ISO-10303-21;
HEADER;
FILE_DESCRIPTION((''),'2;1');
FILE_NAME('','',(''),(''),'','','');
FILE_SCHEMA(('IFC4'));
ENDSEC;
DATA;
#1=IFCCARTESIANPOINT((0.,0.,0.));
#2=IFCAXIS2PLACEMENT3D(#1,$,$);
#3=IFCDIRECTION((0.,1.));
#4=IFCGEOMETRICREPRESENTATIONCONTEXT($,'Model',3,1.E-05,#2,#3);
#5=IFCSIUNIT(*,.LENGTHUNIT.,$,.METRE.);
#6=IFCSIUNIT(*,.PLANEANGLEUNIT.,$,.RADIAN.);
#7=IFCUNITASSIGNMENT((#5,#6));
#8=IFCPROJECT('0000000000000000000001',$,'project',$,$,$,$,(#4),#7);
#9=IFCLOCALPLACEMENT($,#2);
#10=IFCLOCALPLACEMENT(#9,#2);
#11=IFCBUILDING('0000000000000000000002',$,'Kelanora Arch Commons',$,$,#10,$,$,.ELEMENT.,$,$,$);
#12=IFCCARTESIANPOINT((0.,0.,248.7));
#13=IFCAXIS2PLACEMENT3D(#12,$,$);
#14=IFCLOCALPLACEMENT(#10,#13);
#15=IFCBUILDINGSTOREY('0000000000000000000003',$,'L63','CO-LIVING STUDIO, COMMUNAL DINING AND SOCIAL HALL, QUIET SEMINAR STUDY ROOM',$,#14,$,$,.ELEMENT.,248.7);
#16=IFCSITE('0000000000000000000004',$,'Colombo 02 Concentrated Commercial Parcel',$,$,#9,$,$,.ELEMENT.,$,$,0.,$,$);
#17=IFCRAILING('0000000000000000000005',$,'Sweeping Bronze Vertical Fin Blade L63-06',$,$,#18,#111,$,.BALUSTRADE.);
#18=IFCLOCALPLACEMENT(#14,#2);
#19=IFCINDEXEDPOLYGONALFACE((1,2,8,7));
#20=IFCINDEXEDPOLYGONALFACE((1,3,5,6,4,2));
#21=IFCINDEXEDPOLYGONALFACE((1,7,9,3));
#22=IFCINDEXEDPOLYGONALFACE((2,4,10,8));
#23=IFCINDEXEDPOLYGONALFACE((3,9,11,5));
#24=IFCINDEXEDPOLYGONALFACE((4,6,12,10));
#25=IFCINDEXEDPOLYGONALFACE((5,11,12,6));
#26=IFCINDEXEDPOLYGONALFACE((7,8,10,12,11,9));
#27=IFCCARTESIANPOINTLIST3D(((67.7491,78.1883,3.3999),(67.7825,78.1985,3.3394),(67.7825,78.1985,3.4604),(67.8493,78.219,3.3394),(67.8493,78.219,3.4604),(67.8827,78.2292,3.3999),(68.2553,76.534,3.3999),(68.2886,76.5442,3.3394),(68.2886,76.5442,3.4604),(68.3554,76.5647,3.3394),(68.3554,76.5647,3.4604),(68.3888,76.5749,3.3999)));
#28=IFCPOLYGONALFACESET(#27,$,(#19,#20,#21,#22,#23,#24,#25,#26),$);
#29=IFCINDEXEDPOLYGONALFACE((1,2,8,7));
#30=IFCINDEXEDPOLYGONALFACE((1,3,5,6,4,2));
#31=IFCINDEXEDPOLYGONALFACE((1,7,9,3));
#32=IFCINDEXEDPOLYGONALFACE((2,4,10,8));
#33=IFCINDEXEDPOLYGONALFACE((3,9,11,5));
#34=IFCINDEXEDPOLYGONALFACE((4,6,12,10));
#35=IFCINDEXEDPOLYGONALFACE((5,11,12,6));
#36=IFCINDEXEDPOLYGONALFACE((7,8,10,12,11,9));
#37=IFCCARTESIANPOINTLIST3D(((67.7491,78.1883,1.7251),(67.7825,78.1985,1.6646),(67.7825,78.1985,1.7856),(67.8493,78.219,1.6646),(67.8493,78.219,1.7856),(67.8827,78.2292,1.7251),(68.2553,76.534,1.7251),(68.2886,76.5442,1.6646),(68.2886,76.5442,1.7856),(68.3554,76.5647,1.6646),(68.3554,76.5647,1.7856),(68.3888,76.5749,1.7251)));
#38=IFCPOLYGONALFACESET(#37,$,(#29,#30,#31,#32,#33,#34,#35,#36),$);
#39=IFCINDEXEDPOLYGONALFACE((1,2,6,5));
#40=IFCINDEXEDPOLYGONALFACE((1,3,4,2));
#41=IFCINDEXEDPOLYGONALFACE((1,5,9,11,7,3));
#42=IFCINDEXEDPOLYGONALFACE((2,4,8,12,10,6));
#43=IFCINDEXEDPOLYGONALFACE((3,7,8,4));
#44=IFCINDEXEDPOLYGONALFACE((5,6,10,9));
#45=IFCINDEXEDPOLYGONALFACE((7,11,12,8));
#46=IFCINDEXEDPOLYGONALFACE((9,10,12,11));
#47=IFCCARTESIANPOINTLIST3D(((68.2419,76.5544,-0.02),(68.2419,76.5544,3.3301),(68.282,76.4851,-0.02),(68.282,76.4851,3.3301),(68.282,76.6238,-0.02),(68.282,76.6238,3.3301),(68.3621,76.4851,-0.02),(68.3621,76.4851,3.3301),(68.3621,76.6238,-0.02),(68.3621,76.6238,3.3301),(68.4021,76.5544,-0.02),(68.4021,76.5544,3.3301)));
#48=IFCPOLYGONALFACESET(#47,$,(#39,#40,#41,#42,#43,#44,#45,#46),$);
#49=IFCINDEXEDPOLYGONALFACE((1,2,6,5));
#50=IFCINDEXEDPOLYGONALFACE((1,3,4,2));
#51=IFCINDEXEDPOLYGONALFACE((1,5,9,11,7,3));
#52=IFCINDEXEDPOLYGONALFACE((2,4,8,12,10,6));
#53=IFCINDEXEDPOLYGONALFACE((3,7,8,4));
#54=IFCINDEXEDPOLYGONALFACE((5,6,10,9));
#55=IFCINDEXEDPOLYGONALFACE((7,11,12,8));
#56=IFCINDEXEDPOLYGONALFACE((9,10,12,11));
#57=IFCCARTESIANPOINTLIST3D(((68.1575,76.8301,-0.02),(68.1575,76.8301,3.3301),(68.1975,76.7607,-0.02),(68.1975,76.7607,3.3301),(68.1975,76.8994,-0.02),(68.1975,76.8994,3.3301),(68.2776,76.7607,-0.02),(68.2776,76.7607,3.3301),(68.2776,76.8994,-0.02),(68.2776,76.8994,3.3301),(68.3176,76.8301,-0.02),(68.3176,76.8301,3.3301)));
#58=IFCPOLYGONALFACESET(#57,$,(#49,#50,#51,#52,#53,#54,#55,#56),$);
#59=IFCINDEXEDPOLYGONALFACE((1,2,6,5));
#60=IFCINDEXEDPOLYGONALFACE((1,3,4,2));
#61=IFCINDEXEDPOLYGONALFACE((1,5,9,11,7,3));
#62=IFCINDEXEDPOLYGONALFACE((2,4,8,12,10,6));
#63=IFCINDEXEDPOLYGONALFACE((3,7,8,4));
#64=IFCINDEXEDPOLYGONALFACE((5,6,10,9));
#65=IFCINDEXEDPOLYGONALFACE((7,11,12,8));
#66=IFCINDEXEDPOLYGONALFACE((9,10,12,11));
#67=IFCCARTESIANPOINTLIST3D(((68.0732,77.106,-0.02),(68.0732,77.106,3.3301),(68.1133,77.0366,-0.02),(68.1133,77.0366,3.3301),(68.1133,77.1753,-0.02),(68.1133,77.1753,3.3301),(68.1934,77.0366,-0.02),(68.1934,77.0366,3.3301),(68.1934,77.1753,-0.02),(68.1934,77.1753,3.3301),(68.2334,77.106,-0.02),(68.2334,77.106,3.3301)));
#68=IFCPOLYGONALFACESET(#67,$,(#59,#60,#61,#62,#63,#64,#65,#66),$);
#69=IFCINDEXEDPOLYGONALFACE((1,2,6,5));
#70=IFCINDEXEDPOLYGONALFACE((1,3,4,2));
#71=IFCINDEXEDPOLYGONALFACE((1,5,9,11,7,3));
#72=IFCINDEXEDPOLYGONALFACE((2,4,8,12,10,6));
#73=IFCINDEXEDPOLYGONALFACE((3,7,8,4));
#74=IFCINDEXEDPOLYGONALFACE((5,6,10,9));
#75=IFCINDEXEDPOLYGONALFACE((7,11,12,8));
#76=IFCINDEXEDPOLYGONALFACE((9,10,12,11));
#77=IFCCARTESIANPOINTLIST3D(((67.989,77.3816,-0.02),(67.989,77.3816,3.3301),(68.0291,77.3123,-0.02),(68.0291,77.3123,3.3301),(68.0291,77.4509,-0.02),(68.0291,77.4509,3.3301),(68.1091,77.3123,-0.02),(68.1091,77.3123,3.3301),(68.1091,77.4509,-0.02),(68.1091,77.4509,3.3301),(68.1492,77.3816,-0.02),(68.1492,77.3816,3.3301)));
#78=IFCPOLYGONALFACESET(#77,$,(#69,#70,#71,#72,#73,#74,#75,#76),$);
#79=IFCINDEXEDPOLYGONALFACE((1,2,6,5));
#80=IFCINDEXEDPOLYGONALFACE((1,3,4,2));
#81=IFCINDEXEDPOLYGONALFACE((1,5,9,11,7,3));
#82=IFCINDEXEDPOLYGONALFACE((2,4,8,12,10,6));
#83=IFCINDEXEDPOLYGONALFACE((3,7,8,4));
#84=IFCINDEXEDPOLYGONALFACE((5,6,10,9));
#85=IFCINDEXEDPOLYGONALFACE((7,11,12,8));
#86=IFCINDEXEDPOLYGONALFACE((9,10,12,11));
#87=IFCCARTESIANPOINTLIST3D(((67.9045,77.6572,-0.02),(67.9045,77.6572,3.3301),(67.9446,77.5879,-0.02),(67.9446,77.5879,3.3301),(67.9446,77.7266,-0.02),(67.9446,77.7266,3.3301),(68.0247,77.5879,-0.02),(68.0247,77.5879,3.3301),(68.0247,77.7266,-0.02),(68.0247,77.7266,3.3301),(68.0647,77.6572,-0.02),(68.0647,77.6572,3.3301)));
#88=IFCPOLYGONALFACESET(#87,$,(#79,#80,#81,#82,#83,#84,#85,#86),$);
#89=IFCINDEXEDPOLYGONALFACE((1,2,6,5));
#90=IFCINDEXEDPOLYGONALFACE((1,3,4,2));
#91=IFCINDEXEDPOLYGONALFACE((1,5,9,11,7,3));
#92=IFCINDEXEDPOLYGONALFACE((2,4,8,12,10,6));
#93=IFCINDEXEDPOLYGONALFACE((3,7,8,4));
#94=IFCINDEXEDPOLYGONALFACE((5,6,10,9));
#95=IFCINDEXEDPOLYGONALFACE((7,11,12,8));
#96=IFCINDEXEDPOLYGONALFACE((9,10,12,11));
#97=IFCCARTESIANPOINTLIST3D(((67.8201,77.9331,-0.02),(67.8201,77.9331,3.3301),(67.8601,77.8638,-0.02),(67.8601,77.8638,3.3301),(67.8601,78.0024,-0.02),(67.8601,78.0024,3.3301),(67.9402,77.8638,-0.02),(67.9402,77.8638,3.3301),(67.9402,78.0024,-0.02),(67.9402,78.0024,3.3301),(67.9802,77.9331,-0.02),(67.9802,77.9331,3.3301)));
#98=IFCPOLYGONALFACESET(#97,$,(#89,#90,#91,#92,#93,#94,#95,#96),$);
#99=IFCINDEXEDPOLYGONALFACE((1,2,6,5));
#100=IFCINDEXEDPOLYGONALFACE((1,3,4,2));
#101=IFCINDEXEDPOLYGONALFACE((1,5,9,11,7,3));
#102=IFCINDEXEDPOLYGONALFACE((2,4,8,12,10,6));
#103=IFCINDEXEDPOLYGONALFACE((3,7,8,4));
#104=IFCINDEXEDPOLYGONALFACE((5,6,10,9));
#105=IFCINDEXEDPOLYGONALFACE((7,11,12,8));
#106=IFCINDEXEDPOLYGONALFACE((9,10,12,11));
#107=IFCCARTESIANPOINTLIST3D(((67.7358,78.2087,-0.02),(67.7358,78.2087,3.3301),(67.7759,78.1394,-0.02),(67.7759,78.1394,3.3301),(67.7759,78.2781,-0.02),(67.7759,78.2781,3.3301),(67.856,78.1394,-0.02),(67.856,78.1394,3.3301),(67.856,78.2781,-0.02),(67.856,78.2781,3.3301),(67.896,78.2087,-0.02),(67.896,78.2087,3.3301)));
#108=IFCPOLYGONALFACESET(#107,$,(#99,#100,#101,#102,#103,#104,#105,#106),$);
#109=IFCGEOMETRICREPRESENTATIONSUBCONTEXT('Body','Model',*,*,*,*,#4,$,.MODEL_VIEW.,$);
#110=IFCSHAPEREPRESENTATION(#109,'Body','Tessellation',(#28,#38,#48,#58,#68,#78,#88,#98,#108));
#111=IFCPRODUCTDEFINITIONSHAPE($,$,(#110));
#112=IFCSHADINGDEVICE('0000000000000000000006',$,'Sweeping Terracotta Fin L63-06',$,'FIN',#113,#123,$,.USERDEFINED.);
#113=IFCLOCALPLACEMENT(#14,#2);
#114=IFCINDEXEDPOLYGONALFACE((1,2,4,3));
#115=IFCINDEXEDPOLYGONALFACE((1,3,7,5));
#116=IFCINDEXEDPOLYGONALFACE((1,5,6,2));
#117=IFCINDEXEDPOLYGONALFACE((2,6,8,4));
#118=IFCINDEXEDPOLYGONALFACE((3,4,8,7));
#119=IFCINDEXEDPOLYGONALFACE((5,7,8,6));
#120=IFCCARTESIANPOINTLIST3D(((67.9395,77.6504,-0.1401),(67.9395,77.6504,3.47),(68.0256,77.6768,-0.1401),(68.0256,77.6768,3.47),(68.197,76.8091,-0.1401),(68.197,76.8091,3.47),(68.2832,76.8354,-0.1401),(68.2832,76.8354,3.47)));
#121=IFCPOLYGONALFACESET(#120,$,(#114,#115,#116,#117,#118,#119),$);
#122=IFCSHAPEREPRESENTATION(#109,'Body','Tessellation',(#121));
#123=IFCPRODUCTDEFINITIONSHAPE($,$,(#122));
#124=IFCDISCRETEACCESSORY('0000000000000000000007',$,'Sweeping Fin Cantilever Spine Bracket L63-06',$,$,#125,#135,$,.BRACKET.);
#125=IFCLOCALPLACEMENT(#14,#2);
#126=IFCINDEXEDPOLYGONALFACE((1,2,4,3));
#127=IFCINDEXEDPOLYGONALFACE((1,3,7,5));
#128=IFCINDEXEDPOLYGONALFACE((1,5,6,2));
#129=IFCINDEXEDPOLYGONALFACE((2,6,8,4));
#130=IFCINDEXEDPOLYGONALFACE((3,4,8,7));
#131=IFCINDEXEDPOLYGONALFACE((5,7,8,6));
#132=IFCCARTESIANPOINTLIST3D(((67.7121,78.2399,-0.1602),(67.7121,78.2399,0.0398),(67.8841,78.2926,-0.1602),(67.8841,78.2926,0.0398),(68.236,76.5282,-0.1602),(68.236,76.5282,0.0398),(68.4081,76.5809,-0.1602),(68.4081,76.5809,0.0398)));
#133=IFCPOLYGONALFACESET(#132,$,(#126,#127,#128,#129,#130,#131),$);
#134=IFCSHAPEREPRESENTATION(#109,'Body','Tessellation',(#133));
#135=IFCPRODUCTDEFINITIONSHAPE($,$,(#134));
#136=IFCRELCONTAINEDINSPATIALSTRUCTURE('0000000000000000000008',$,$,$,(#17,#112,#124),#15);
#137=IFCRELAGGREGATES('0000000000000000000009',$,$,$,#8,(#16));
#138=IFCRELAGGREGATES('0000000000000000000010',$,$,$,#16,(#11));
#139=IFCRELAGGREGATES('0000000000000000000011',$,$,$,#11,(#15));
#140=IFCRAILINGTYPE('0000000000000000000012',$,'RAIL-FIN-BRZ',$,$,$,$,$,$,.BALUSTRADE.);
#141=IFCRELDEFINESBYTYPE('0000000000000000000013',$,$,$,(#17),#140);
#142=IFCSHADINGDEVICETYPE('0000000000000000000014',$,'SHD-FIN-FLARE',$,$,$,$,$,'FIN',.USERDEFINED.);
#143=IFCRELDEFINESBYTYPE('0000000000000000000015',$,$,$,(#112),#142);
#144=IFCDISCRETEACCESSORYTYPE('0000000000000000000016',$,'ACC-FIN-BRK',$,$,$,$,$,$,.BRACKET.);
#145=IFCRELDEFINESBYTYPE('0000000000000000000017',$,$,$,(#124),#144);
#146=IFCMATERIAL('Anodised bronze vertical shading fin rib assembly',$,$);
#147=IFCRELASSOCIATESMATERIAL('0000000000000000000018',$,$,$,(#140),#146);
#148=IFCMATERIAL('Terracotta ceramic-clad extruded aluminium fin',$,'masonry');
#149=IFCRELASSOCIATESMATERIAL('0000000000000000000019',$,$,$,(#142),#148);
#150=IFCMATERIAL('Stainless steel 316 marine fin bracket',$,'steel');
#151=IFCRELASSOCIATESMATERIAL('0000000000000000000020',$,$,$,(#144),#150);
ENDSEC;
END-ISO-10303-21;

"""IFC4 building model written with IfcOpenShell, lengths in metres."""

from ifc_helpers import new_model, si_unit, direction, frame, origin, origin_2d, place, context, subcontext, project, spatial, polyline, rectangle, outline, extrude, source, transform, mapped, material, type_object, element, save


model = new_model("IFC4")

# Units and contexts
model_context = context("Model", 3, precision=1e-05, world=origin(), true_north=direction((0.0, 1.0)))
body_context = subcontext(model_context, "Body", "Model", "MODEL_VIEW")
ifc_project = project(units=[si_unit("LENGTHUNIT", "METRE"), si_unit("PLANEANGLEUNIT", "RADIAN")], contexts=[model_context])

# Site, building, storey
site_placement = place(None, origin())
site = spatial("IfcSite", under=ifc_project, at=site_placement, Name="Colombo 02 Concentrated Commercial Parcel", CompositionType="ELEMENT", RefElevation=0.0)
building_placement = place(site_placement, origin())
building = spatial("IfcBuilding", under=site, at=building_placement, Name="Kelanora Arch Commons", CompositionType="ELEMENT")
storey_placement = place(building_placement, frame((0.0, 0.0, 248.7)))
storey = spatial("IfcBuildingStorey", under=building, at=storey_placement, Name="L63", Description="CO-LIVING STUDIO, COMMUNAL DINING AND SOCIAL HALL, QUIET SEMINAR STUDY ROOM", CompositionType="ELEMENT", Elevation=248.7)

# Railing
ifc_material_1 = material(Name="Anodised bronze vertical shading fin rib assembly")
railing_type = type_object("IfcRailingType", Name="RAIL-FIN-BRZ", PredefinedType="BALUSTRADE", material=ifc_material_1)
railing_placement = place(storey_placement, frame((68.322, 76.5544, -0.02)))
element("IfcRailing", 1, at=railing_placement, inside=storey, type_object=railing_type, Name="Sweeping Bronze Vertical Fin Blade L63-06", PredefinedType="BALUSTRADE", context=body_context, shape_type="SweptSolid", body=[
    extrude(outline(polyline([(0.0698, 0.0), (0.0349, 0.0605), (-0.0349, 0.0605), (-0.0698, 0.0), (-0.0349, -0.0605), (0.0349, -0.0605), (0.0698, 0.0)])), frame((0.0, 0.0, 3.4199), z_axis=(-0.292548, 0.956251, 0.0), x_axis=(-0.956251, -0.292548, 0.0)), (0.0, 0.0, 1.0), 1.73),
    extrude(outline(polyline([(0.0698, 0.0), (0.0349, 0.0605), (-0.0349, 0.0605), (-0.0698, 0.0), (-0.0349, -0.0605), (0.0349, -0.0605), (0.0698, 0.0)])), frame((0.0, 0.0, 1.7451), z_axis=(-0.292548, 0.956251, 0.0), x_axis=(-0.956251, -0.292548, 0.0)), (0.0, 0.0, 1.0), 1.73),
    extrude(outline(polyline([(0.0801, 0.0), (0.04, 0.0693), (-0.04, 0.0693), (-0.0801, 0.0), (-0.04, -0.0693), (0.04, -0.0693), (0.0801, 0.0)])), origin(), (0.0, 0.0, 1.0), 3.3501),
    extrude(outline(polyline([(0.0801, 0.0), (0.04, 0.0693), (-0.04, 0.0693), (-0.0801, 0.0), (-0.04, -0.0693), (0.04, -0.0693), (0.0801, 0.0)])), frame((-0.0845, 0.2756, 0.0)), (0.0, 0.0, 1.0), 3.3501),
    extrude(outline(polyline([(0.0801, 0.0), (0.04, 0.0693), (-0.04, 0.0693), (-0.0801, 0.0), (-0.04, -0.0693), (0.04, -0.0693), (0.0801, 0.0)])), frame((-0.1687, 0.5515, 0.0)), (0.0, 0.0, 1.0), 3.3501),
    extrude(outline(polyline([(0.0801, 0.0), (0.04, 0.0693), (-0.04, 0.0693), (-0.0801, 0.0), (-0.04, -0.0693), (0.04, -0.0693), (0.0801, 0.0)])), frame((-0.2529, 0.8271, 0.0)), (0.0, 0.0, 1.0), 3.3501),
    extrude(outline(polyline([(0.0801, 0.0), (0.04, 0.0693), (-0.04, 0.0693), (-0.0801, 0.0), (-0.04, -0.0693), (0.04, -0.0693), (0.0801, 0.0)])), frame((-0.3374, 1.1028, 0.0)), (0.0, 0.0, 1.0), 3.3501),
    extrude(outline(polyline([(0.0801, 0.0), (0.04, 0.0693), (-0.04, 0.0693), (-0.0801, 0.0), (-0.04, -0.0693), (0.04, -0.0693), (0.0801, 0.0)])), frame((-0.4219, 1.3787, 0.0)), (0.0, 0.0, 1.0), 3.3501),
    extrude(outline(polyline([(0.0801, 0.0), (0.04, 0.0693), (-0.04, 0.0693), (-0.0801, 0.0), (-0.04, -0.0693), (0.04, -0.0693), (0.0801, 0.0)])), frame((-0.5061, 1.6543, 0.0)), (0.0, 0.0, 1.0), 3.3501),
])

# Shading device
ifc_material_2 = material(Name="Terracotta ceramic-clad extruded aluminium fin", Category="masonry")
shading_device_type = type_object("IfcShadingDeviceType", Name="SHD-FIN-FLARE", ElementType="FIN", PredefinedType="USERDEFINED", material=ifc_material_2)
shared_shape_1 = source(origin(), body_context, "Body", "SweptSolid", [
    extrude(rectangle(XDim=0.8799, YDim=0.0901, at=origin_2d()), origin(), (0.0, 0.0, 1.0), 3.6101),
])
shading_device_placement = place(storey_placement, frame((68.1113, 77.2429, -0.1401), z_axis=(0.0, 0.0, 1.0), x_axis=(-0.292706, 0.956203, 0.0)))
element("IfcShadingDevice", 2, at=shading_device_placement, inside=storey, type_object=shading_device_type, Name="Sweeping Terracotta Fin L63-06", ObjectType="FIN", PredefinedType="USERDEFINED", context=body_context, shape_type="MappedRepresentation", body=[
    mapped(shared_shape_1, transform((0.0, 0.0, 0.0), scale=1.0)),
])

# Discrete accessory
ifc_material_3 = material(Name="Stainless steel 316 marine fin bracket", Category="steel")
discrete_accessory_type = type_object("IfcDiscreteAccessoryType", Name="ACC-FIN-BRK", PredefinedType="BRACKET", material=ifc_material_3)
shared_shape_2 = source(origin(), body_context, "Body", "SweptSolid", [
    extrude(rectangle(XDim=1.79, YDim=0.1799, at=origin_2d()), origin(), (0.0, 0.0, 1.0), 0.2),
])
discrete_accessory_placement = place(storey_placement, frame((68.0601, 77.4104, -0.1602), z_axis=(0.0, 0.0, 1.0), x_axis=(-0.292706, 0.956203, 0.0)))
element("IfcDiscreteAccessory", 3, at=discrete_accessory_placement, inside=storey, type_object=discrete_accessory_type, Name="Sweeping Fin Cantilever Spine Bracket L63-06", PredefinedType="BRACKET", context=body_context, shape_type="MappedRepresentation", body=[
    mapped(shared_shape_2, transform((0.0, 0.0, 0.0), scale=1.0)),
])

save(model, "model.ifc")
